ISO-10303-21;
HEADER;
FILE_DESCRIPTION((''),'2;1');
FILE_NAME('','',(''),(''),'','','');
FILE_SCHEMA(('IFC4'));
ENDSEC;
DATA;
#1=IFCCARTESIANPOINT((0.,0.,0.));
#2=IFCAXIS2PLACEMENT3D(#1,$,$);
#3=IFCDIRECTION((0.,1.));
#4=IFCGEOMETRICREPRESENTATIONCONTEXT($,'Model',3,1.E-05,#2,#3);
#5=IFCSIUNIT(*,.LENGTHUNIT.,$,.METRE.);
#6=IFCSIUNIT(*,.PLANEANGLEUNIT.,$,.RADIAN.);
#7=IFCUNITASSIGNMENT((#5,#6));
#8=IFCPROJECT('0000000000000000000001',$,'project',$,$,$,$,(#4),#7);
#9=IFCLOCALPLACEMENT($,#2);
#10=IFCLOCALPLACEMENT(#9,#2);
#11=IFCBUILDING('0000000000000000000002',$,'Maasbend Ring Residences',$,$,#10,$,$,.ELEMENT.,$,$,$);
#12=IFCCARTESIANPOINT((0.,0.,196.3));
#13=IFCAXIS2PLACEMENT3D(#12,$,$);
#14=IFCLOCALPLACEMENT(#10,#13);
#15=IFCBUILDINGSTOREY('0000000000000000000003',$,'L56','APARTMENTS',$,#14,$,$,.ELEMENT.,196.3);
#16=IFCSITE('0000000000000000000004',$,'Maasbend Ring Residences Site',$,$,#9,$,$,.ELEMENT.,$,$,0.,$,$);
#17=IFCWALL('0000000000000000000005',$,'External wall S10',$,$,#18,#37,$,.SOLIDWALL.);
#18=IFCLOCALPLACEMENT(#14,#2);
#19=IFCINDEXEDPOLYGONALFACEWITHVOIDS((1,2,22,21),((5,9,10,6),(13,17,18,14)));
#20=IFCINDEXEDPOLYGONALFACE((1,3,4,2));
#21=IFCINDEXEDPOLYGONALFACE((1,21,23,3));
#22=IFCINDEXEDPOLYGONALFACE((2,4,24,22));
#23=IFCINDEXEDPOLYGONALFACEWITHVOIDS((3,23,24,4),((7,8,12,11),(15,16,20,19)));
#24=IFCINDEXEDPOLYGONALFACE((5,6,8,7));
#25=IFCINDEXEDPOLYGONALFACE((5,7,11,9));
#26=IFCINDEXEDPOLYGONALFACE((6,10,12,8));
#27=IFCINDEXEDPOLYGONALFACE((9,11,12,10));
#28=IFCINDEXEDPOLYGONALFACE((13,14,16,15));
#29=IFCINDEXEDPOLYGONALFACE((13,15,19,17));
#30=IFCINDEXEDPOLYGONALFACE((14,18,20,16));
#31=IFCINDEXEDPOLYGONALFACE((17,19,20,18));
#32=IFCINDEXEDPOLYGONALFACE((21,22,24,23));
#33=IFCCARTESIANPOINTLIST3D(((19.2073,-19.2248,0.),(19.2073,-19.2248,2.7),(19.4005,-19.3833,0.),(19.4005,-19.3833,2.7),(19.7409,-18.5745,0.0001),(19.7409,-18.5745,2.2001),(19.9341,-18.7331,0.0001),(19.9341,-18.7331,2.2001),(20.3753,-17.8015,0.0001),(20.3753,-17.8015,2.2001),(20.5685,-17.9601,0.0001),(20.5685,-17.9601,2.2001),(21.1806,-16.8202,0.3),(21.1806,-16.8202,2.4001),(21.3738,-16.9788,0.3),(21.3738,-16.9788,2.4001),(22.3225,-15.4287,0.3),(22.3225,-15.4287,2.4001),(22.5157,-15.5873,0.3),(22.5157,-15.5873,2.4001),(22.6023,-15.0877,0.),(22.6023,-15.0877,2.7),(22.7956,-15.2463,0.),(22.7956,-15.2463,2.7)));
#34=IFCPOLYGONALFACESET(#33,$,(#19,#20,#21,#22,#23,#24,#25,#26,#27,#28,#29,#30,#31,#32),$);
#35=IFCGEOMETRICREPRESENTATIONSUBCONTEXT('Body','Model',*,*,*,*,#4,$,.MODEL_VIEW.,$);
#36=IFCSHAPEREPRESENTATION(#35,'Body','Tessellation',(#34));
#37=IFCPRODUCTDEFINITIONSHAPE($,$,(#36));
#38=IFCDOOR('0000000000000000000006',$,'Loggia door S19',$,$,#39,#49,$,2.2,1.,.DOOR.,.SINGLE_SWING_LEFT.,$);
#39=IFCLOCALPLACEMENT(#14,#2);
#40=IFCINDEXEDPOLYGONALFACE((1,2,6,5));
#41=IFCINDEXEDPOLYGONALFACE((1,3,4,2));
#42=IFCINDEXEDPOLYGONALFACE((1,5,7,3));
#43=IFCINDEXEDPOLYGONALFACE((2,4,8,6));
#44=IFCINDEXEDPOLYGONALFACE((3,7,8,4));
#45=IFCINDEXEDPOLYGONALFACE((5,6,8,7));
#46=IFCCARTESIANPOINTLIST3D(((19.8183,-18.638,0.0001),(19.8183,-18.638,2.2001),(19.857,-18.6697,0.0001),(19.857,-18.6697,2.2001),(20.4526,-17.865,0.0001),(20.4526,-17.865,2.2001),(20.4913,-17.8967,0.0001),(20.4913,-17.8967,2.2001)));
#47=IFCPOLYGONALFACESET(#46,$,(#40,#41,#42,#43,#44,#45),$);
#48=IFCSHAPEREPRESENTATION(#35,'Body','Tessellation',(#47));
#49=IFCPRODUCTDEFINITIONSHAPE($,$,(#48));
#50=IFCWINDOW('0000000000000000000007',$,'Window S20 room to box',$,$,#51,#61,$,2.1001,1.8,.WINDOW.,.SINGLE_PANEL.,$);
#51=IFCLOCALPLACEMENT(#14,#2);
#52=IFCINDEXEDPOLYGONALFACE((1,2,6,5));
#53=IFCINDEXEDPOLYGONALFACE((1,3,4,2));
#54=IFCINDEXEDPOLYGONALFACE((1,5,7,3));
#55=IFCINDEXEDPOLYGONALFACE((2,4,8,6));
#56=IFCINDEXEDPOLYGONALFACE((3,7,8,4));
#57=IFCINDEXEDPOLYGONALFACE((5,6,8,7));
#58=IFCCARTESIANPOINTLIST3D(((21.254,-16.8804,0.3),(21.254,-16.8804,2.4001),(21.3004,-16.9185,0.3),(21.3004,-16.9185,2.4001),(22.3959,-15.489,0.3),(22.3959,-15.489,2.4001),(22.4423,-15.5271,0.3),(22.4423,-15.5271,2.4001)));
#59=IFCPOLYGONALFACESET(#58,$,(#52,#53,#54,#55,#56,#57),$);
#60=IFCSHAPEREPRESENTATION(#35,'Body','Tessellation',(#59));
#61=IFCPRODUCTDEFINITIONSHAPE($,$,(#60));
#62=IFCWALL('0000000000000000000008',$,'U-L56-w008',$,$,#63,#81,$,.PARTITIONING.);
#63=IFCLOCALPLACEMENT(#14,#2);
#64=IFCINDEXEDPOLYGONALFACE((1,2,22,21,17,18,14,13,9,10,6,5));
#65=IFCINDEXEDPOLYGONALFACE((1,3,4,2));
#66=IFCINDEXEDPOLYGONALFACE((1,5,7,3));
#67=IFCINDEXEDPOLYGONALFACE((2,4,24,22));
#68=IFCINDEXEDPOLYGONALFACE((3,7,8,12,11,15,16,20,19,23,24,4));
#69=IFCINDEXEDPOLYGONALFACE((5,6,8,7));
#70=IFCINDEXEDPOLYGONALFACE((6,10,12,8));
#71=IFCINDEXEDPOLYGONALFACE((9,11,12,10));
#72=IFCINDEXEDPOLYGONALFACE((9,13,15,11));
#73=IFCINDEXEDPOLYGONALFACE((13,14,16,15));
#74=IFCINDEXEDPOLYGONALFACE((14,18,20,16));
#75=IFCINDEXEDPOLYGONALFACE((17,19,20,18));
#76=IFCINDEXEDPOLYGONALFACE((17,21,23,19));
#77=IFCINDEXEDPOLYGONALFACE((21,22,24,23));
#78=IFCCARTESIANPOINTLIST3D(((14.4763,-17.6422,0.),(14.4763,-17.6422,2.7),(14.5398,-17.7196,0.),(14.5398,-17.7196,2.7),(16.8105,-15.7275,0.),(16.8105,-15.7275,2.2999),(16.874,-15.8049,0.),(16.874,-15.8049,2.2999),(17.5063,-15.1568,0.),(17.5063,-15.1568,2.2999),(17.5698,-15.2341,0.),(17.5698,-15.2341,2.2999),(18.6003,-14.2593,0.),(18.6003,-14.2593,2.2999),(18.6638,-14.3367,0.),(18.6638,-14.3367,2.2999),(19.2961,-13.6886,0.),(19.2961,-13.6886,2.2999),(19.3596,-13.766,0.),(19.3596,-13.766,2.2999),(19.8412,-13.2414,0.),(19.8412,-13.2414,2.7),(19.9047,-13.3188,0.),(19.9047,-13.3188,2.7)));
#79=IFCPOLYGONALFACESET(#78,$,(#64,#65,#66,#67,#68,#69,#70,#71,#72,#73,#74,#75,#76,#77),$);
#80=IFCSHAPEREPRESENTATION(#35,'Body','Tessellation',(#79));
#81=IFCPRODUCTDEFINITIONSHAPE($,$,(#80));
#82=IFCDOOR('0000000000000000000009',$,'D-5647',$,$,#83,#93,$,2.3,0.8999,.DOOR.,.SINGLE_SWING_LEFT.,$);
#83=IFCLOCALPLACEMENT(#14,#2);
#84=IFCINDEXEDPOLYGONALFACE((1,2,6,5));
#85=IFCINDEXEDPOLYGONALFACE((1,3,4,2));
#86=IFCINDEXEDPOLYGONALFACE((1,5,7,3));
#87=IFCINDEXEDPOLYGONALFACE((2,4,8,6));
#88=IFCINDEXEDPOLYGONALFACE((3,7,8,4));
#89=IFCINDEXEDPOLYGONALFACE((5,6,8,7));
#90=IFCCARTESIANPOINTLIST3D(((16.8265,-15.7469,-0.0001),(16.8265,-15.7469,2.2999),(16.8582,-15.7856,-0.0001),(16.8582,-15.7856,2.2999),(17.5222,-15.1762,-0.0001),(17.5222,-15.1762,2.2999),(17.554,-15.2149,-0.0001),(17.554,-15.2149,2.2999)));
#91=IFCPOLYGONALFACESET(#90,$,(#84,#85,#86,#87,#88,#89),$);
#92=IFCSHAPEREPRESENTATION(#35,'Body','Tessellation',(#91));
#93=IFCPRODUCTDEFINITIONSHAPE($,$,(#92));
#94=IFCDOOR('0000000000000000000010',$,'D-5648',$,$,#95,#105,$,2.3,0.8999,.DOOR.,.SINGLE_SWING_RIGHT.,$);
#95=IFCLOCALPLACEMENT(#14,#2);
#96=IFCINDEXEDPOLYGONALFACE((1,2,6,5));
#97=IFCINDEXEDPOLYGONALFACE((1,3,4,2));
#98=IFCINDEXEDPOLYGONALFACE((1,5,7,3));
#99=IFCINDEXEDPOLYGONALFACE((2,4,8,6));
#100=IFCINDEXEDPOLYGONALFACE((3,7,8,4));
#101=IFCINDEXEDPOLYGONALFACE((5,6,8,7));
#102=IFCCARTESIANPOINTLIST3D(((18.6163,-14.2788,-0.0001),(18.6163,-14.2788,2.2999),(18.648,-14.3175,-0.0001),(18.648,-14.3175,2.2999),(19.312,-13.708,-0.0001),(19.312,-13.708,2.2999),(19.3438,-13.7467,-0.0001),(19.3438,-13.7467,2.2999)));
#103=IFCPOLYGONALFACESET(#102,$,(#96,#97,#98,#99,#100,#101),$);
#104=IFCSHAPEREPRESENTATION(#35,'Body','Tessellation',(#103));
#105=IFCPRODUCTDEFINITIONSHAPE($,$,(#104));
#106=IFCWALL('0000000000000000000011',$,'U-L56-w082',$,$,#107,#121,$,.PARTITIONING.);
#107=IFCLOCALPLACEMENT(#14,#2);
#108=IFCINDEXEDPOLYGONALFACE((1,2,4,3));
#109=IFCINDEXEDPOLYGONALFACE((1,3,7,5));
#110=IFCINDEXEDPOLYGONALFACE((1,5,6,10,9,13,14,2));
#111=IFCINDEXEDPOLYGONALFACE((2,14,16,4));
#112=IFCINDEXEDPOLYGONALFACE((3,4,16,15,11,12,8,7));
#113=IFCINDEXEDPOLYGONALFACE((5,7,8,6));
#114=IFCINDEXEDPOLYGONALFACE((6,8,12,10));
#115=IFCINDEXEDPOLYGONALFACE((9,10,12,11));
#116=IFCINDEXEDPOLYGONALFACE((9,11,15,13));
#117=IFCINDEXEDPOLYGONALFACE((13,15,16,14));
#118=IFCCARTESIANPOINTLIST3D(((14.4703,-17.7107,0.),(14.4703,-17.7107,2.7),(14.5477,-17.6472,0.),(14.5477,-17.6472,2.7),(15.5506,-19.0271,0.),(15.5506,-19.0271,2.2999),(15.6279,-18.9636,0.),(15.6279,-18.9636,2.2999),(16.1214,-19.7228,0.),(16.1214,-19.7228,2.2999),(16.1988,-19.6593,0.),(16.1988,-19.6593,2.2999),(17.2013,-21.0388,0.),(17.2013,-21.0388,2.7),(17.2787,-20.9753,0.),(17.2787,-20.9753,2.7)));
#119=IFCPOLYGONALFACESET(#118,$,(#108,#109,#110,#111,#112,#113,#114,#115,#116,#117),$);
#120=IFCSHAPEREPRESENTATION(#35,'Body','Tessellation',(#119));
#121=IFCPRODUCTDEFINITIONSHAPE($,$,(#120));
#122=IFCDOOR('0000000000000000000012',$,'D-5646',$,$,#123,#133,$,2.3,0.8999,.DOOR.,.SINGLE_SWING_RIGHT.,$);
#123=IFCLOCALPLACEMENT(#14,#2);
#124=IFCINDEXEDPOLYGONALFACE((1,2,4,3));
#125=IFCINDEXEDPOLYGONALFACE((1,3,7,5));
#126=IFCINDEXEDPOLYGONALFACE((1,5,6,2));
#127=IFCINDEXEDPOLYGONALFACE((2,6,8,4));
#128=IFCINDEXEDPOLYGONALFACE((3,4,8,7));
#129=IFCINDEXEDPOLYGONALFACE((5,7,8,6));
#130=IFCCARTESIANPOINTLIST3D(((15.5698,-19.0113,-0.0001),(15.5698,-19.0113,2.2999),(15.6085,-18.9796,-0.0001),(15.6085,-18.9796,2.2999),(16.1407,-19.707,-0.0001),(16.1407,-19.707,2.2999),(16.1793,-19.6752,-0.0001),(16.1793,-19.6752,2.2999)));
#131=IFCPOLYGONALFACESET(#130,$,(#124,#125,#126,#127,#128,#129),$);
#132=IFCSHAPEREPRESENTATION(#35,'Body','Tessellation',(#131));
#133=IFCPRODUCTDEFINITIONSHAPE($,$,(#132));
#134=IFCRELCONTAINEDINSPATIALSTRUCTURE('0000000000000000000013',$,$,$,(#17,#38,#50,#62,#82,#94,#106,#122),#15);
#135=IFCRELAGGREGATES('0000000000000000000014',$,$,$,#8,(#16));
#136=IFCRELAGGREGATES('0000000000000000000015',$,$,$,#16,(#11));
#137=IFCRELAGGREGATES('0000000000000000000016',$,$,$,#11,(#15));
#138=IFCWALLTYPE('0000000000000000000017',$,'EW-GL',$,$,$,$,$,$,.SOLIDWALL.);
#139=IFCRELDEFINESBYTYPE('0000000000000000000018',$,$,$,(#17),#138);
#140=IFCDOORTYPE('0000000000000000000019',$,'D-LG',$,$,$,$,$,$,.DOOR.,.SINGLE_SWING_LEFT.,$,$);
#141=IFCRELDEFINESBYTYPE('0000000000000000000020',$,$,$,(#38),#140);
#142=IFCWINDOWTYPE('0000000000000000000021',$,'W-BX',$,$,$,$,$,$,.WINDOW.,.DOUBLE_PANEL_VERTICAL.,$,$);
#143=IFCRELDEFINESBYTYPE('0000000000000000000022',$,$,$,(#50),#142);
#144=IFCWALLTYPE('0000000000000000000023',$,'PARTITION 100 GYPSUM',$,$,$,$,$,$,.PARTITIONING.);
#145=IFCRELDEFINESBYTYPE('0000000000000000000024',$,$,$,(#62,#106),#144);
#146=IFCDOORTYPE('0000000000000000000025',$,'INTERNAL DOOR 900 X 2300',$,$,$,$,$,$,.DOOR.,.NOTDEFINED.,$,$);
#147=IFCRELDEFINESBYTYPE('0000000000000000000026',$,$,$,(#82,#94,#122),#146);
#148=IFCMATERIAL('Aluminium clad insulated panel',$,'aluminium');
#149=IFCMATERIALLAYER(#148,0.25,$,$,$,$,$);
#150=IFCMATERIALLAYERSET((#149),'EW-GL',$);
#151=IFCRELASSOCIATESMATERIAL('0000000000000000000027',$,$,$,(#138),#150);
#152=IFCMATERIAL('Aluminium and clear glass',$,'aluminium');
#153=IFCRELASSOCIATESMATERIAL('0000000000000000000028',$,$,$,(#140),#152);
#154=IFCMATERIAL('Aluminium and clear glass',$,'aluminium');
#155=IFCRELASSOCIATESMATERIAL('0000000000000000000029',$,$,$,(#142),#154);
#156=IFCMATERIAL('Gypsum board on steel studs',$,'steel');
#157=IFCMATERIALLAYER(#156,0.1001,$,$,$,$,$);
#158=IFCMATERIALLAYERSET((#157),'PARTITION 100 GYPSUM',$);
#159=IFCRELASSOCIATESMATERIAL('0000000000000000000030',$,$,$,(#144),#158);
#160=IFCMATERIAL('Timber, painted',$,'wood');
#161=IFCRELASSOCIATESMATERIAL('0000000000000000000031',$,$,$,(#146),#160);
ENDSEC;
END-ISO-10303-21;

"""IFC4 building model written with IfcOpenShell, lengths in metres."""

from ifc_helpers import new_model, si_unit, direction, frame, frame_2d, origin, place, context, subcontext, project, spatial, rectangle, extrude, material, layer, layer_set, type_object, element, fill, save


model = new_model("IFC4")

# Units and contexts
model_context = context("Model", 3, precision=1e-05, world=origin(), true_north=direction((0.0, 1.0)))
body_context = subcontext(model_context, "Body", "Model", "MODEL_VIEW")
ifc_project = project(units=[si_unit("LENGTHUNIT", "METRE"), si_unit("PLANEANGLEUNIT", "RADIAN")], contexts=[model_context])

# Site, building, storey
site_placement = place(None, origin())
site = spatial("IfcSite", under=ifc_project, at=site_placement, Name="Maasbend Ring Residences Site", CompositionType="ELEMENT", RefElevation=0.0)
building_placement = place(site_placement, origin())
building = spatial("IfcBuilding", under=site, at=building_placement, Name="Maasbend Ring Residences", CompositionType="ELEMENT")
storey_placement = place(building_placement, frame((0.0, 0.0, 196.3)))
storey = spatial("IfcBuildingStorey", under=building, at=storey_placement, Name="L56", Description="APARTMENTS", CompositionType="ELEMENT", Elevation=196.3)

# Wall, openings, door, window
ifc_material_1 = material(Name="Aluminium clad insulated panel", Category="aluminium")
ifc_layer_1 = layer(ifc_material_1, 0.25)
ifc_layer_set_1 = layer_set([ifc_layer_1], Name="EW-GL")
wall_type_1 = type_object("IfcWallType", Name="EW-GL", PredefinedType="SOLIDWALL", material=ifc_layer_set_1)
ifc_material_2 = material(Name="Aluminium and clear glass", Category="aluminium")
door_type_1 = type_object("IfcDoorType", Name="D-LG", OperationType="SINGLE_SWING_LEFT", PredefinedType="DOOR", material=ifc_material_2)
ifc_material_3 = material(Name="Aluminium and clear glass", Category="aluminium")
window_type_1 = type_object("IfcWindowType", Name="W-BX", PartitioningType="DOUBLE_PANEL_VERTICAL", PredefinedType="WINDOW", material=ifc_material_3)
wall_1_placement = place(storey_placement, frame((19.304, -19.304, 0.0), z_axis=(0.0, 0.0, 1.0), x_axis=(0.634382, 0.773019, 0.0)))
wall_1 = element("IfcWall", 1, at=wall_1_placement, inside=storey, type_object=wall_type_1, Name="External wall S10", PredefinedType="SOLIDWALL", context=body_context, shape_type="SweptSolid", body=[
    extrude(rectangle(XDim=5.3518, YDim=0.25, at=frame_2d((2.6758, 0.0))), origin(), (0.0, 0.0, 1.0), 2.7),
])
opening_1_placement = place(wall_1_placement, frame((0.8411, 0.0, 0.0)))
opening_1 = element("IfcOpeningElement", 2, at=opening_1_placement, cuts=wall_1, PredefinedType="OPENING", context=body_context, shape_type="SweptSolid", body=[
    extrude(rectangle(XDim=1.0, YDim=2.2, at=frame_2d((0.5, 1.1001))), frame((0.0, 0.135, 0.0), z_axis=(0.0, -1.0, 0.0), x_axis=(1.0, 0.0, 0.0)), (0.0, 0.0, 1.0), 0.27),
])
opening_2_placement = place(wall_1_placement, frame((3.1106, 0.0, 0.3)))
opening_2 = element("IfcOpeningElement", 3, at=opening_2_placement, cuts=wall_1, PredefinedType="OPENING", context=body_context, shape_type="SweptSolid", body=[
    extrude(rectangle(XDim=1.8, YDim=2.1001, at=frame_2d((0.8999, 1.05))), frame((0.0, 0.135, 0.0), z_axis=(0.0, -1.0, 0.0), x_axis=(1.0, 0.0, 0.0)), (0.0, 0.0, 1.0), 0.27),
])
door_1_placement = place(opening_1_placement, origin())
door_1 = element("IfcDoor", 4, at=door_1_placement, inside=storey, type_object=door_type_1, Name="Loggia door S19", OperationType="SINGLE_SWING_LEFT", OverallHeight=2.2, OverallWidth=1.0, PredefinedType="DOOR", context=body_context, shape_type="SweptSolid", body=[
    extrude(rectangle(XDim=1.0, YDim=2.2, at=frame_2d((0.5, 1.1001))), frame((0.0, 0.0249, 0.0), z_axis=(0.0, -1.0, 0.0), x_axis=(1.0, 0.0, 0.0)), (0.0, 0.0, 1.0), 0.05),
])
fill(opening_1, door_1)
window_1_placement = place(opening_2_placement, origin())
window_1 = element("IfcWindow", 5, at=window_1_placement, inside=storey, type_object=window_type_1, Name="Window S20 room to box", OverallHeight=2.1001, OverallWidth=1.8, PartitioningType="SINGLE_PANEL", PredefinedType="WINDOW", context=body_context, shape_type="SweptSolid", body=[
    extrude(rectangle(XDim=1.8, YDim=2.1001, at=frame_2d((0.8999, 1.05))), frame((0.0, 0.03, 0.0), z_axis=(0.0, -1.0, 0.0), x_axis=(1.0, 0.0, 0.0)), (0.0, 0.0, 1.0), 0.0601),
])
fill(opening_2, window_1)

# Wall, openings, doors
ifc_material_4 = material(Name="Gypsum board on steel studs", Category="steel")
ifc_layer_2 = layer(ifc_material_4, 0.1001)
ifc_layer_set_2 = layer_set([ifc_layer_2], Name="PARTITION 100 GYPSUM")
wall_type_2 = type_object("IfcWallType", Name="PARTITION 100 GYPSUM", PredefinedType="PARTITIONING", material=ifc_layer_set_2)
wall_2_placement = place(storey_placement, frame((14.5081, -17.6809, 0.0), z_axis=(0.0, 0.0, 1.0), x_axis=(0.773156, 0.634216, 0.0)))
wall_2 = element("IfcWall", 6, at=wall_2_placement, inside=storey, type_object=wall_type_2, Name="U-L56-w008", PredefinedType="PARTITIONING", context=body_context, shape_type="SweptSolid", body=[
    extrude(rectangle(XDim=6.939, YDim=0.1001, at=frame_2d((3.4695, 0.0))), origin(), (0.0, 0.0, 1.0), 2.7),
])
opening_3_placement = place(wall_2_placement, frame((3.019, 0.0, 0.0)))
opening_3 = element("IfcOpeningElement", 7, at=opening_3_placement, cuts=wall_2, PredefinedType="OPENING", context=body_context, shape_type="SweptSolid", body=[
    extrude(rectangle(XDim=0.8999, YDim=2.3, at=frame_2d((0.45, 1.1499))), frame((0.0, 0.0601, 0.0), z_axis=(0.0, -1.0, 0.0), x_axis=(1.0, 0.0, 0.0)), (0.0, 0.0, 1.0), 0.1201),
])
opening_4_placement = place(wall_2_placement, frame((5.334, 0.0, 0.0)))
opening_4 = element("IfcOpeningElement", 8, at=opening_4_placement, cuts=wall_2, PredefinedType="OPENING", context=body_context, shape_type="SweptSolid", body=[
    extrude(rectangle(XDim=0.8999, YDim=2.3, at=frame_2d((0.45, 1.1499))), frame((0.0, 0.0601, 0.0), z_axis=(0.0, -1.0, 0.0), x_axis=(1.0, 0.0, 0.0)), (0.0, 0.0, 1.0), 0.1201),
])
ifc_material_5 = material(Name="Timber, painted", Category="wood")
door_type_2 = type_object("IfcDoorType", Name="INTERNAL DOOR 900 X 2300", OperationType="NOTDEFINED", PredefinedType="DOOR", material=ifc_material_5)
door_2_placement = place(opening_3_placement, origin())
door_2 = element("IfcDoor", 9, at=door_2_placement, inside=storey, type_object=door_type_2, Name="D-5647", OperationType="SINGLE_SWING_LEFT", OverallHeight=2.3, OverallWidth=0.8999, PredefinedType="DOOR", context=body_context, shape_type="SweptSolid", body=[
    extrude(rectangle(XDim=0.8999, YDim=2.3, at=frame_2d((0.45, 1.1499))), frame((0.0, 0.0249, 0.0), z_axis=(0.0, -1.0, 0.0), x_axis=(1.0, 0.0, 0.0)), (0.0, 0.0, 1.0), 0.05),
])
fill(opening_3, door_2)
door_3_placement = place(opening_4_placement, origin())
door_3 = element("IfcDoor", 10, at=door_3_placement, inside=storey, type_object=door_type_2, Name="D-5648", OperationType="SINGLE_SWING_RIGHT", OverallHeight=2.3, OverallWidth=0.8999, PredefinedType="DOOR", context=body_context, shape_type="SweptSolid", body=[
    extrude(rectangle(XDim=0.8999, YDim=2.3, at=frame_2d((0.45, 1.1499))), frame((0.0, 0.0249, 0.0), z_axis=(0.0, -1.0, 0.0), x_axis=(1.0, 0.0, 0.0)), (0.0, 0.0, 1.0), 0.05),
])
fill(opening_4, door_3)

# Wall, opening, door
wall_3_placement = place(storey_placement, frame((14.509, -17.679, 0.0), z_axis=(0.0, 0.0, 1.0), x_axis=(0.634343, -0.773052, 0.0)))
wall_3 = element("IfcWall", 11, at=wall_3_placement, inside=storey, type_object=wall_type_2, Name="U-L56-w082", PredefinedType="PARTITIONING", context=body_context, shape_type="SweptSolid", body=[
    extrude(rectangle(XDim=4.3052, YDim=0.1001, at=frame_2d((2.1526, 0.0))), origin(), (0.0, 0.0, 1.0), 2.7),
])
opening_5_placement = place(wall_3_placement, frame((1.7029, 0.0, 0.0)))
opening_5 = element("IfcOpeningElement", 12, at=opening_5_placement, cuts=wall_3, PredefinedType="OPENING", context=body_context, shape_type="SweptSolid", body=[
    extrude(rectangle(XDim=0.8999, YDim=2.3, at=frame_2d((0.45, 1.1499))), frame((0.0, 0.0601, 0.0), z_axis=(0.0, -1.0, 0.0), x_axis=(1.0, 0.0, 0.0)), (0.0, 0.0, 1.0), 0.1201),
])
door_4_placement = place(opening_5_placement, origin())
door_4 = element("IfcDoor", 13, at=door_4_placement, inside=storey, type_object=door_type_2, Name="D-5646", OperationType="SINGLE_SWING_RIGHT", OverallHeight=2.3, OverallWidth=0.8999, PredefinedType="DOOR", context=body_context, shape_type="SweptSolid", body=[
    extrude(rectangle(XDim=0.8999, YDim=2.3, at=frame_2d((0.45, 1.1499))), frame((0.0, 0.0249, 0.0), z_axis=(0.0, -1.0, 0.0), x_axis=(1.0, 0.0, 0.0)), (0.0, 0.0, 1.0), 0.05),
])
fill(opening_5, door_4)

save(model, "model.ifc")
